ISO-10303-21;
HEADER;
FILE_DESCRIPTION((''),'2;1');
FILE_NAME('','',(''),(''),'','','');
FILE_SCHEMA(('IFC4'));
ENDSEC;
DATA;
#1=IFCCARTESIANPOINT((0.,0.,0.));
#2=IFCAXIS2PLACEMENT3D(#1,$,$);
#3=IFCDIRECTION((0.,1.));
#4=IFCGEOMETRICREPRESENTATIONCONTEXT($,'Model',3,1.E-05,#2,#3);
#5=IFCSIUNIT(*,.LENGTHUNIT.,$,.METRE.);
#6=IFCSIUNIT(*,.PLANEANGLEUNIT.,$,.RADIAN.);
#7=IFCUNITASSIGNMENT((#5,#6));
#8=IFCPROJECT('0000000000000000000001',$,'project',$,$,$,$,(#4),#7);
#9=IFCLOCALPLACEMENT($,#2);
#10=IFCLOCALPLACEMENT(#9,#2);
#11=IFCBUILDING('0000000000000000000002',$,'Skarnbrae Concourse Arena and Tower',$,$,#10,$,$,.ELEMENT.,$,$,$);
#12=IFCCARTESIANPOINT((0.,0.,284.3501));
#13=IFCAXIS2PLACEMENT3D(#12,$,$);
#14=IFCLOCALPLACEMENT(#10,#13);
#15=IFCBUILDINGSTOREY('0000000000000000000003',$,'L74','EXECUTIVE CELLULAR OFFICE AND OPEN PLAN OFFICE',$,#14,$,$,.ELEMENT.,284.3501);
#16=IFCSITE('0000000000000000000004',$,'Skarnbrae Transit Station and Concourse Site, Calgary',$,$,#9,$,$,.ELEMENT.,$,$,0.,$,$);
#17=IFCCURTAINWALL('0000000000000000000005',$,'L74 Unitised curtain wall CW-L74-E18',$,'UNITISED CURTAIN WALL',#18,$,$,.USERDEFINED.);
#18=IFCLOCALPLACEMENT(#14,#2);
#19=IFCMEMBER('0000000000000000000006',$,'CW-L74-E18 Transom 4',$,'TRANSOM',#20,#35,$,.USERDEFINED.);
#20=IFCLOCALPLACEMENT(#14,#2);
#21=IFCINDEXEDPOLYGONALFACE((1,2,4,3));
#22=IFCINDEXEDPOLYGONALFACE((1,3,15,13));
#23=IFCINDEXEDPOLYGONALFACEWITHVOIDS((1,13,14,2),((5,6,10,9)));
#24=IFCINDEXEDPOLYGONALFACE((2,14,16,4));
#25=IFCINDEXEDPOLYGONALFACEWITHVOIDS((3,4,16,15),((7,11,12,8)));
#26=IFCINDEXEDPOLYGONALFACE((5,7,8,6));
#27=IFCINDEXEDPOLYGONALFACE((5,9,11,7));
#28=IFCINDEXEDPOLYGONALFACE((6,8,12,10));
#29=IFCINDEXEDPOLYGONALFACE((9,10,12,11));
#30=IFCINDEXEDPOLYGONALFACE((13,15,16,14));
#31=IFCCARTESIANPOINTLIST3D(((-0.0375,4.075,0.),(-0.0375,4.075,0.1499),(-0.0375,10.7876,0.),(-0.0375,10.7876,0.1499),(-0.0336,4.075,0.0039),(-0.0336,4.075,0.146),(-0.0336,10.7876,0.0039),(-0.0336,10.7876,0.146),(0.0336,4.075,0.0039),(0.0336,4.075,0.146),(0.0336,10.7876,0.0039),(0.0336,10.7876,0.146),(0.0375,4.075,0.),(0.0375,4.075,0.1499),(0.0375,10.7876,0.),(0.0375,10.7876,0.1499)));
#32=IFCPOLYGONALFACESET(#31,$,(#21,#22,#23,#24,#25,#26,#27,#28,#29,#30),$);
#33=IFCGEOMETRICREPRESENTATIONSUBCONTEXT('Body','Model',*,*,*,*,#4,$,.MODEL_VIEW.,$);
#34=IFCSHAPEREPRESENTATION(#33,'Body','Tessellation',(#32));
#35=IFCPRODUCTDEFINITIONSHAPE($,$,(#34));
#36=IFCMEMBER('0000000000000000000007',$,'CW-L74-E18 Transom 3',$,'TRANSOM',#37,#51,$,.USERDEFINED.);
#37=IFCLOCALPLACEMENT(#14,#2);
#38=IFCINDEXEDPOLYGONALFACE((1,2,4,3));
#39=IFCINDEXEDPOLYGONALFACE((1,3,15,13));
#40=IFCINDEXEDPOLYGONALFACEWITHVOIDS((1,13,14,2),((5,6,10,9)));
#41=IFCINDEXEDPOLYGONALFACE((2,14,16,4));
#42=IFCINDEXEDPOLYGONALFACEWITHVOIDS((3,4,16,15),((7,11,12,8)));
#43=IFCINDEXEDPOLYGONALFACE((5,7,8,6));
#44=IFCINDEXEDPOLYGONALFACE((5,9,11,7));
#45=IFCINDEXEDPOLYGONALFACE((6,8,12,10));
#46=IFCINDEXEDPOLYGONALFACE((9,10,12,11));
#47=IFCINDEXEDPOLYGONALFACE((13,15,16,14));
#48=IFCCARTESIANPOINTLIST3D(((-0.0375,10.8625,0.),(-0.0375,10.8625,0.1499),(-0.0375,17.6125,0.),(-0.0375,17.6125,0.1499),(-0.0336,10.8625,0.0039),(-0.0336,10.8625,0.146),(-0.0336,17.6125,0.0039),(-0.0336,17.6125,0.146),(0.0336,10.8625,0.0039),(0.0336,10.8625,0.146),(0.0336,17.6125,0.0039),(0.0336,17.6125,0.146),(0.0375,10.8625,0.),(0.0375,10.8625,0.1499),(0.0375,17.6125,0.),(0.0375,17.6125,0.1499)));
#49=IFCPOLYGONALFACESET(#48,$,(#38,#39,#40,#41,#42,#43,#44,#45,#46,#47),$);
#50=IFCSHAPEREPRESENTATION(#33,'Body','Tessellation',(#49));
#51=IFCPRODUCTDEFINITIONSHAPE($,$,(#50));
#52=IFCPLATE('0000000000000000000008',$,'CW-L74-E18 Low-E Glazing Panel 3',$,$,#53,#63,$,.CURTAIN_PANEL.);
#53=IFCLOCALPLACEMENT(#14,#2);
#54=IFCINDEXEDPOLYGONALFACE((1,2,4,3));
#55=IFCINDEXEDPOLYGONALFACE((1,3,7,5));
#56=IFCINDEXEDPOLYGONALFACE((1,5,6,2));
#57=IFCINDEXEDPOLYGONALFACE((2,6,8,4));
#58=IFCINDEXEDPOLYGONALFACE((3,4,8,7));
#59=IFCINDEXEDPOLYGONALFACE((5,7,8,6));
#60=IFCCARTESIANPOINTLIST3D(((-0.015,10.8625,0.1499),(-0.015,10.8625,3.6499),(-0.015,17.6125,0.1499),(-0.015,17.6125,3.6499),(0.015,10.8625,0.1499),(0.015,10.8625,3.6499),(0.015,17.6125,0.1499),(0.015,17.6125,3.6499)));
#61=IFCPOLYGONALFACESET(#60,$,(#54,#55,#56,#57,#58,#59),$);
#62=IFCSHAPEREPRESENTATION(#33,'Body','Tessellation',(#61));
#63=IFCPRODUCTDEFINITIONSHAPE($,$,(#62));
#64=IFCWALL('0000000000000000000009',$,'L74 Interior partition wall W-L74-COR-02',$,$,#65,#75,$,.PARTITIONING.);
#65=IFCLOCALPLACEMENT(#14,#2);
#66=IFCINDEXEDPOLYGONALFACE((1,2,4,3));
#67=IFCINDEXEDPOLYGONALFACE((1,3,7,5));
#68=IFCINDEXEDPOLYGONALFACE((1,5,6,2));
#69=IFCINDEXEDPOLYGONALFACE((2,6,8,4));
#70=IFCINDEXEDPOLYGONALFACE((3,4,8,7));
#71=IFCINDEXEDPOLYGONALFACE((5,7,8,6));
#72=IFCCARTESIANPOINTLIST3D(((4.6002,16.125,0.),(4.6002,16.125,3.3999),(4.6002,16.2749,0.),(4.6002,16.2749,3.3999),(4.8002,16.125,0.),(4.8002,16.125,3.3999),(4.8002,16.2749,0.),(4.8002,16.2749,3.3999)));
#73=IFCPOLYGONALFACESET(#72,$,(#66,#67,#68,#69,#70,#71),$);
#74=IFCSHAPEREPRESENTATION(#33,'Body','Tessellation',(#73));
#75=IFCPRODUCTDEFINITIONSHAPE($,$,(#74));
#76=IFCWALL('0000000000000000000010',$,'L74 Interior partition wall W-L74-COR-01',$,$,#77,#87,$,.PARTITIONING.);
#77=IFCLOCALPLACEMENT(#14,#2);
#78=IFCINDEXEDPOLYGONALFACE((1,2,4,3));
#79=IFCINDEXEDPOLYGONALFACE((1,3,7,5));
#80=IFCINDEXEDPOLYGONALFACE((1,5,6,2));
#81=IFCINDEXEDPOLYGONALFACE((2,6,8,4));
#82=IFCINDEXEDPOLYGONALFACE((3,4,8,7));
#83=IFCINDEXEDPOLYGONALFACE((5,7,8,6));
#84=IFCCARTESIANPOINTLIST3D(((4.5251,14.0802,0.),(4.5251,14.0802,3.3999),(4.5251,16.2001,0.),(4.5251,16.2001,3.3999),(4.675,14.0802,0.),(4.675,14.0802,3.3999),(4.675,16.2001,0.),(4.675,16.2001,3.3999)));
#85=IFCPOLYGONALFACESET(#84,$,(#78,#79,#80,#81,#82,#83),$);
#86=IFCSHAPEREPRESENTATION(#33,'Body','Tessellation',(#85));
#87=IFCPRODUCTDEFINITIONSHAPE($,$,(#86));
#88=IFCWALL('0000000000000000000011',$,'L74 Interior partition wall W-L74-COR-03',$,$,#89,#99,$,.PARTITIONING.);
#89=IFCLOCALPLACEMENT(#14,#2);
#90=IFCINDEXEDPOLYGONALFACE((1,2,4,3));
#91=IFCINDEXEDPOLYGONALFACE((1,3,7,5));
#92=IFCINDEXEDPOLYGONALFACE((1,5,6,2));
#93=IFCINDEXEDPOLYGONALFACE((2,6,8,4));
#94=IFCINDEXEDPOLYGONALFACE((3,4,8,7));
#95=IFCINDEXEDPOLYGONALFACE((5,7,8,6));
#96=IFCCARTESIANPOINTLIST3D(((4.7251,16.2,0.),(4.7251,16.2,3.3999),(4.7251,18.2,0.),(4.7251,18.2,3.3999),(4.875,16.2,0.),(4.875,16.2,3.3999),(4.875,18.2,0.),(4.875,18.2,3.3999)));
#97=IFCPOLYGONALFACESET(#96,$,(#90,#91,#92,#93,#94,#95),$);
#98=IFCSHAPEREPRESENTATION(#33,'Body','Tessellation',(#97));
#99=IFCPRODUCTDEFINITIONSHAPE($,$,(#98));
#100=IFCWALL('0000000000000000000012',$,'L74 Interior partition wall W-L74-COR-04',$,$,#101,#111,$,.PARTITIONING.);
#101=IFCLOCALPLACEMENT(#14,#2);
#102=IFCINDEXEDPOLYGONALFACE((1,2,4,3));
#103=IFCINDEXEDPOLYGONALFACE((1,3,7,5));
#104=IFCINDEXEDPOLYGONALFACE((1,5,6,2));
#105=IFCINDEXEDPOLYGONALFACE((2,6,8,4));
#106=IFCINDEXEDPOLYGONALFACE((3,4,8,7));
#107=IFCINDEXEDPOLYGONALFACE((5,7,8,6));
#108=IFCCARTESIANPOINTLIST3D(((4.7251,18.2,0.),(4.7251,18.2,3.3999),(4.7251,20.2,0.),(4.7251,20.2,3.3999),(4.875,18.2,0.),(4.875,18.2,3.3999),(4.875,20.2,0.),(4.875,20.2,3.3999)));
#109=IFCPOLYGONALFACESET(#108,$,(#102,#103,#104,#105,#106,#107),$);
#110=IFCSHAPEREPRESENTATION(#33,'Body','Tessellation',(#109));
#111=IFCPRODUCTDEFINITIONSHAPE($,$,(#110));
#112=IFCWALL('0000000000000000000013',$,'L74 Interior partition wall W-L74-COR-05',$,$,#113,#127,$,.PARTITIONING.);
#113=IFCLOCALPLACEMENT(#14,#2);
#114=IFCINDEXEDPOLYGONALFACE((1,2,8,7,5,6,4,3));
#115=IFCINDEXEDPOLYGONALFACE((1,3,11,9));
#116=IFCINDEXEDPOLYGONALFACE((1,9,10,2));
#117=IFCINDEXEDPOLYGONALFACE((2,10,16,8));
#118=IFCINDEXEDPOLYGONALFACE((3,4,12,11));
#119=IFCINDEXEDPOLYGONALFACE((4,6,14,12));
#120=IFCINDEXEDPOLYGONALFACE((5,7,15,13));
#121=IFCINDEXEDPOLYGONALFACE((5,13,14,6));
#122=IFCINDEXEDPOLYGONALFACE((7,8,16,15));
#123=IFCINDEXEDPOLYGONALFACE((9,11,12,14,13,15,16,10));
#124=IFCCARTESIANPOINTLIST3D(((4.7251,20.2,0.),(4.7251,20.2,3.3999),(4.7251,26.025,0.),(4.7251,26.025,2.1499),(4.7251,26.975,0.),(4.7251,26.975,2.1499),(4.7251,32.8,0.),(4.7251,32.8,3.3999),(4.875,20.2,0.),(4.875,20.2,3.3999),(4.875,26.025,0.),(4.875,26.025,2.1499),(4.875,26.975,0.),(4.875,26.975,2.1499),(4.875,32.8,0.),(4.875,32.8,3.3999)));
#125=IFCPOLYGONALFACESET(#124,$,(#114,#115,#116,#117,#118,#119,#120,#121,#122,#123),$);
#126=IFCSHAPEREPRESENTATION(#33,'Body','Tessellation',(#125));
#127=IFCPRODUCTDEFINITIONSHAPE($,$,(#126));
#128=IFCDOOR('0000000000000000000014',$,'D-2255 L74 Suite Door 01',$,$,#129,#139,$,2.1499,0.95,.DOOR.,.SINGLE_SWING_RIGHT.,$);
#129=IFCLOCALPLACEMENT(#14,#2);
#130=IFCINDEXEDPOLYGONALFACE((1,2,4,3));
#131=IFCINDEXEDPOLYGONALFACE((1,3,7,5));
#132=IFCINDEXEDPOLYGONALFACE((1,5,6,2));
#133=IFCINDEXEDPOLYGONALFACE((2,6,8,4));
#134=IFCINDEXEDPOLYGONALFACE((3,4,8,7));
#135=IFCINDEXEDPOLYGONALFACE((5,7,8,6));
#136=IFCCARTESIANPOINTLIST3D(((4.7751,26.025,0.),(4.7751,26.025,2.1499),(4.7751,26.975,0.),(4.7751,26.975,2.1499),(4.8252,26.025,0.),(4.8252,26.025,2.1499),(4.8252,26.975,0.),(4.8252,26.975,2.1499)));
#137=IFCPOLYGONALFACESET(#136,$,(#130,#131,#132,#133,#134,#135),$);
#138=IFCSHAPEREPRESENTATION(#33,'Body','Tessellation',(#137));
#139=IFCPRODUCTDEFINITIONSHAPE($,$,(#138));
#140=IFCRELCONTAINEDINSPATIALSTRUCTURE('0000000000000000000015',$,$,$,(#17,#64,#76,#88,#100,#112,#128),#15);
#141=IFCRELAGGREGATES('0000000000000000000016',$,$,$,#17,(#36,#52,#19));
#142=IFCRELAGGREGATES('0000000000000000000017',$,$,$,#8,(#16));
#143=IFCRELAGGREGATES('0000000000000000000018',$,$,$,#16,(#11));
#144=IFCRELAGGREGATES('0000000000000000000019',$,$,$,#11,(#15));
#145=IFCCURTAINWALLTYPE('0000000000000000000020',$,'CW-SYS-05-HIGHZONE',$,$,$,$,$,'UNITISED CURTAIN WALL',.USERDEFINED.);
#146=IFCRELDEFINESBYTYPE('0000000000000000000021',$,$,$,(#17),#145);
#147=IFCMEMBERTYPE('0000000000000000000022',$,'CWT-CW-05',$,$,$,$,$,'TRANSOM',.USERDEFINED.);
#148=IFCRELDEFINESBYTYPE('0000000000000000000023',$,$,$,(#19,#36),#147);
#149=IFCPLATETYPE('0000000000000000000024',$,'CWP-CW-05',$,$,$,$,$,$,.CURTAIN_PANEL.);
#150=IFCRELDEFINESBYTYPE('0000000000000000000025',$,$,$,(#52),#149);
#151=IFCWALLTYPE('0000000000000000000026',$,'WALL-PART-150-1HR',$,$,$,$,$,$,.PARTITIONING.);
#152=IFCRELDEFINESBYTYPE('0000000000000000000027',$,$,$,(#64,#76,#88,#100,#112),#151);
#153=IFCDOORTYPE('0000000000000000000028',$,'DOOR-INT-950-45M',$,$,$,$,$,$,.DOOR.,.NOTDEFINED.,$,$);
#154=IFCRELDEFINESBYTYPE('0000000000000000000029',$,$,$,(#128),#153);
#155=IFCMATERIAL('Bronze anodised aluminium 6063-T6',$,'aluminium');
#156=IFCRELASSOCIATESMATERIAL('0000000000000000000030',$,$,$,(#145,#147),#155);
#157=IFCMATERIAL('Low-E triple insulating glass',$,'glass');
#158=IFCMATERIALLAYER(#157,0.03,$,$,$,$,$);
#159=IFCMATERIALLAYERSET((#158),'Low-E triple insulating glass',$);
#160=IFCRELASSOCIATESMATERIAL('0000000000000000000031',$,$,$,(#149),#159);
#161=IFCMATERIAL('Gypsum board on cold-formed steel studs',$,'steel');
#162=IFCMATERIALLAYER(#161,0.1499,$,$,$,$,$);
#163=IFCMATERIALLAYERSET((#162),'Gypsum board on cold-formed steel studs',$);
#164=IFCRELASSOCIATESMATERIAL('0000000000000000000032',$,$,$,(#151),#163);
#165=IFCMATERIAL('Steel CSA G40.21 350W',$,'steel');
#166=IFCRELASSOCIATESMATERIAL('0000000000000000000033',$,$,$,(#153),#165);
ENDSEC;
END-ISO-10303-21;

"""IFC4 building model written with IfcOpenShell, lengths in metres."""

from ifc_helpers import new_model, si_unit, direction, frame, frame_2d, origin, origin_2d, place, context, subcontext, project, spatial, rectangle, hollow_rectangle, extrude, source, transform, mapped, material, layer, layer_set, material_profile, profile_set, type_object, element, fill, aggregate, save


model = new_model("IFC4")

# Units and contexts
model_context = context("Model", 3, precision=1e-05, world=origin(), true_north=direction((0.0, 1.0)))
body_context = subcontext(model_context, "Body", "Model", "MODEL_VIEW")
ifc_project = project(units=[si_unit("LENGTHUNIT", "METRE"), si_unit("PLANEANGLEUNIT", "RADIAN")], contexts=[model_context])

# Site, building, storey
site_placement = place(None, origin())
site = spatial("IfcSite", under=ifc_project, at=site_placement, Name="Skarnbrae Transit Station and Concourse Site, Calgary", CompositionType="ELEMENT", RefElevation=0.0)
building_placement = place(site_placement, origin())
building = spatial("IfcBuilding", under=site, at=building_placement, Name="Skarnbrae Concourse Arena and Tower", CompositionType="ELEMENT")
storey_placement = place(building_placement, frame((0.0, 0.0, 284.3501)))
storey = spatial("IfcBuildingStorey", under=building, at=storey_placement, Name="L74", Description="EXECUTIVE CELLULAR OFFICE AND OPEN PLAN OFFICE", CompositionType="ELEMENT", Elevation=284.3501)

# Shared definitions
ifc_material_1 = material(Name="Steel CSA G40.21 350W", Category="steel")

# Curtain wall, members, plate
ifc_material_2 = material(Name="Bronze anodised aluminium 6063-T6", Category="aluminium")
curtain_wall_type = type_object("IfcCurtainWallType", Name="CW-SYS-05-HIGHZONE", ElementType="UNITISED CURTAIN WALL", PredefinedType="USERDEFINED", material=ifc_material_2)
curtain_wall_placement = place(storey_placement, origin())
curtain_wall = element("IfcCurtainWall", 1, at=curtain_wall_placement, inside=storey, type_object=curtain_wall_type, Name="L74 Unitised curtain wall CW-L74-E18", ObjectType="UNITISED CURTAIN WALL", PredefinedType="USERDEFINED")
ifc_material_profile_1 = material_profile(ifc_material_2, hollow_rectangle(XDim=0.075, YDim=0.1499, WallThickness=0.0039, at=origin_2d()), Name="ALU-TRAN-75X150")
ifc_profile_set_1 = profile_set([ifc_material_profile_1], Name="Bronze anodised aluminium 6063-T6")
member_type_1 = type_object("IfcMemberType", Name="CWT-CW-05", ElementType="TRANSOM", PredefinedType="USERDEFINED", material=ifc_profile_set_1)
shared_shape_1 = source(origin(), body_context, "Body", "SweptSolid", [
    extrude(hollow_rectangle(XDim=0.075, YDim=0.1499, WallThickness=0.0039, at=origin_2d()), origin(), (0.0, 0.0, 1.0), 6.7126),
])
member_1_placement = place(storey_placement, frame((0.0, 10.7876, 0.075), z_axis=(0.0, -1.0, 0.0), x_axis=(1.0, 0.0, 0.0)))
member_1 = element("IfcMember", 2, at=member_1_placement, type_object=member_type_1, Name="CW-L74-E18 Transom 4", ObjectType="TRANSOM", PredefinedType="USERDEFINED", context=body_context, shape_type="MappedRepresentation", body=[
    mapped(shared_shape_1, transform((0.0, 0.0, 0.0))),
])
shared_shape_2 = source(origin(), body_context, "Body", "SweptSolid", [
    extrude(hollow_rectangle(XDim=0.075, YDim=0.1499, WallThickness=0.0039, at=origin_2d()), origin(), (0.0, 0.0, 1.0), 6.75),
])
member_2_placement = place(storey_placement, frame((0.0, 17.6125, 0.075), z_axis=(0.0, -1.0, 0.0), x_axis=(1.0, 0.0, 0.0)))
member_2 = element("IfcMember", 3, at=member_2_placement, type_object=member_type_1, Name="CW-L74-E18 Transom 3", ObjectType="TRANSOM", PredefinedType="USERDEFINED", context=body_context, shape_type="MappedRepresentation", body=[
    mapped(shared_shape_2, transform((0.0, 0.0, 0.0))),
])
ifc_material_3 = material(Name="Low-E triple insulating glass", Category="glass")
ifc_layer_1 = layer(ifc_material_3, 0.03)
ifc_layer_set_1 = layer_set([ifc_layer_1], Name="Low-E triple insulating glass")
plate_type = type_object("IfcPlateType", Name="CWP-CW-05", PredefinedType="CURTAIN_PANEL", material=ifc_layer_set_1)
shared_shape_3 = source(origin(), body_context, "Body", "SweptSolid", [
    extrude(rectangle(XDim=6.75, YDim=0.03, at=origin_2d()), origin(), (0.0, 0.0, 1.0), 3.5),
])
plate_placement = place(storey_placement, frame((0.0, 14.2375, 0.1499), z_axis=(0.0, 0.0, 1.0), x_axis=(0.0, -1.0, 0.0)))
plate = element("IfcPlate", 4, at=plate_placement, type_object=plate_type, Name="CW-L74-E18 Low-E Glazing Panel 3", PredefinedType="CURTAIN_PANEL", context=body_context, shape_type="MappedRepresentation", body=[
    mapped(shared_shape_3, transform((0.0, 0.0, 0.0))),
])
aggregate(curtain_wall, [member_2, plate, member_1])

# Walls
ifc_material_4 = material(Name="Gypsum board on cold-formed steel studs", Category="steel")
ifc_layer_2 = layer(ifc_material_4, 0.1499)
ifc_layer_set_2 = layer_set([ifc_layer_2], Name="Gypsum board on cold-formed steel studs")
wall_type_1 = type_object("IfcWallType", Name="WALL-PART-150-1HR", PredefinedType="PARTITIONING", material=ifc_layer_set_2)
shared_shape_4 = source(origin(), body_context, "Body", "SweptSolid", [
    extrude(rectangle(XDim=0.2, YDim=0.1499, at=frame_2d((0.1001, 0.0))), origin(), (0.0, 0.0, 1.0), 3.3999),
])
wall_1_placement = place(storey_placement, frame((4.6001, 16.2, 0.0), z_axis=(0.0, 0.0, 1.0), x_axis=(1.0, 0.0, 0.0)))
element("IfcWall", 5, at=wall_1_placement, inside=storey, type_object=wall_type_1, Name="L74 Interior partition wall W-L74-COR-02", PredefinedType="PARTITIONING", context=body_context, shape_type="MappedRepresentation", body=[
    mapped(shared_shape_4, transform((0.0, 0.0, 0.0))),
])
shared_shape_5 = source(origin(), body_context, "Body", "SweptSolid", [
    extrude(rectangle(XDim=2.1199, YDim=0.1499, at=frame_2d((1.0601, 0.0))), origin(), (0.0, 0.0, 1.0), 3.3999),
])
wall_2_placement = place(storey_placement, frame((4.6001, 14.0801, 0.0), z_axis=(0.0, 0.0, 1.0), x_axis=(0.0, 1.0, 0.0)))
element("IfcWall", 6, at=wall_2_placement, inside=storey, type_object=wall_type_1, Name="L74 Interior partition wall W-L74-COR-01", PredefinedType="PARTITIONING", context=body_context, shape_type="MappedRepresentation", body=[
    mapped(shared_shape_5, transform((0.0, 0.0, 0.0))),
])
shared_shape_6 = source(origin(), body_context, "Body", "SweptSolid", [
    extrude(rectangle(XDim=2.0, YDim=0.1499, at=frame_2d((1.0, 0.0))), origin(), (0.0, 0.0, 1.0), 3.3999),
])
for number, where, z_axis, x_axis, name in (
    (7, (4.8, 16.2, 0.0), (0.0, 0.0, 1.0), (0.0, 1.0, 0.0), "L74 Interior partition wall W-L74-COR-03"),
    (8, (4.8, 18.2, 0.0), (0.0, 0.0, 1.0), (0.0, 1.0, 0.0), "L74 Interior partition wall W-L74-COR-04"),
):
    element("IfcWall", number, at=place(storey_placement, frame(where, z_axis=z_axis, x_axis=x_axis)), inside=storey, type_object=wall_type_1, Name=name, PredefinedType="PARTITIONING", context=body_context, shape_type="MappedRepresentation", body=[
        mapped(shared_shape_6, transform((0.0, 0.0, 0.0))),
    ])

# Wall, opening, door
shared_shape_7 = source(origin(), body_context, "Body", "SweptSolid", [
    extrude(rectangle(XDim=12.6001, YDim=0.1499, at=frame_2d((6.3, 0.0))), origin(), (0.0, 0.0, 1.0), 3.3999),
])
wall_3_placement = place(storey_placement, frame((4.8, 20.2, 0.0), z_axis=(0.0, 0.0, 1.0), x_axis=(0.0, 1.0, 0.0)))
wall_3 = element("IfcWall", 9, at=wall_3_placement, inside=storey, type_object=wall_type_1, Name="L74 Interior partition wall W-L74-COR-05", PredefinedType="PARTITIONING", context=body_context, shape_type="MappedRepresentation", body=[
    mapped(shared_shape_7, transform((0.0, 0.0, 0.0))),
])
opening_1_placement = place(wall_3_placement, frame((5.825, 0.0, 0.0)))
opening_1 = element("IfcOpeningElement", 10, at=opening_1_placement, cuts=wall_3, PredefinedType="OPENING", context=body_context, shape_type="SweptSolid", body=[
    extrude(rectangle(XDim=0.95, YDim=2.1499, at=frame_2d((0.4751, 1.075))), frame((0.0, 0.085, 0.0), z_axis=(0.0, -1.0, 0.0), x_axis=(1.0, 0.0, 0.0)), (0.0, 0.0, 1.0), 0.1699),
])
door_type_1 = type_object("IfcDoorType", Name="DOOR-INT-950-45M", OperationType="NOTDEFINED", PredefinedType="DOOR", material=ifc_material_1)
shared_shape_8 = source(origin(), body_context, "Body", "SweptSolid", [
    extrude(rectangle(XDim=0.95, YDim=2.1499, at=frame_2d((0.4751, 1.075))), frame((0.0, 0.0249, 0.0), z_axis=(0.0, -1.0, 0.0), x_axis=(1.0, 0.0, 0.0)), (0.0, 0.0, 1.0), 0.05),
])
door_1_placement = place(opening_1_placement, origin())
door_1 = element("IfcDoor", 11, at=door_1_placement, inside=storey, type_object=door_type_1, Name="D-2255 L74 Suite Door 01", OperationType="SINGLE_SWING_RIGHT", OverallHeight=2.1499, OverallWidth=0.95, PredefinedType="DOOR", context=body_context, shape_type="MappedRepresentation", body=[
    mapped(shared_shape_8, transform((0.0, 0.0, 0.0))),
])
fill(opening_1, door_1)

save(model, "model.ifc")
